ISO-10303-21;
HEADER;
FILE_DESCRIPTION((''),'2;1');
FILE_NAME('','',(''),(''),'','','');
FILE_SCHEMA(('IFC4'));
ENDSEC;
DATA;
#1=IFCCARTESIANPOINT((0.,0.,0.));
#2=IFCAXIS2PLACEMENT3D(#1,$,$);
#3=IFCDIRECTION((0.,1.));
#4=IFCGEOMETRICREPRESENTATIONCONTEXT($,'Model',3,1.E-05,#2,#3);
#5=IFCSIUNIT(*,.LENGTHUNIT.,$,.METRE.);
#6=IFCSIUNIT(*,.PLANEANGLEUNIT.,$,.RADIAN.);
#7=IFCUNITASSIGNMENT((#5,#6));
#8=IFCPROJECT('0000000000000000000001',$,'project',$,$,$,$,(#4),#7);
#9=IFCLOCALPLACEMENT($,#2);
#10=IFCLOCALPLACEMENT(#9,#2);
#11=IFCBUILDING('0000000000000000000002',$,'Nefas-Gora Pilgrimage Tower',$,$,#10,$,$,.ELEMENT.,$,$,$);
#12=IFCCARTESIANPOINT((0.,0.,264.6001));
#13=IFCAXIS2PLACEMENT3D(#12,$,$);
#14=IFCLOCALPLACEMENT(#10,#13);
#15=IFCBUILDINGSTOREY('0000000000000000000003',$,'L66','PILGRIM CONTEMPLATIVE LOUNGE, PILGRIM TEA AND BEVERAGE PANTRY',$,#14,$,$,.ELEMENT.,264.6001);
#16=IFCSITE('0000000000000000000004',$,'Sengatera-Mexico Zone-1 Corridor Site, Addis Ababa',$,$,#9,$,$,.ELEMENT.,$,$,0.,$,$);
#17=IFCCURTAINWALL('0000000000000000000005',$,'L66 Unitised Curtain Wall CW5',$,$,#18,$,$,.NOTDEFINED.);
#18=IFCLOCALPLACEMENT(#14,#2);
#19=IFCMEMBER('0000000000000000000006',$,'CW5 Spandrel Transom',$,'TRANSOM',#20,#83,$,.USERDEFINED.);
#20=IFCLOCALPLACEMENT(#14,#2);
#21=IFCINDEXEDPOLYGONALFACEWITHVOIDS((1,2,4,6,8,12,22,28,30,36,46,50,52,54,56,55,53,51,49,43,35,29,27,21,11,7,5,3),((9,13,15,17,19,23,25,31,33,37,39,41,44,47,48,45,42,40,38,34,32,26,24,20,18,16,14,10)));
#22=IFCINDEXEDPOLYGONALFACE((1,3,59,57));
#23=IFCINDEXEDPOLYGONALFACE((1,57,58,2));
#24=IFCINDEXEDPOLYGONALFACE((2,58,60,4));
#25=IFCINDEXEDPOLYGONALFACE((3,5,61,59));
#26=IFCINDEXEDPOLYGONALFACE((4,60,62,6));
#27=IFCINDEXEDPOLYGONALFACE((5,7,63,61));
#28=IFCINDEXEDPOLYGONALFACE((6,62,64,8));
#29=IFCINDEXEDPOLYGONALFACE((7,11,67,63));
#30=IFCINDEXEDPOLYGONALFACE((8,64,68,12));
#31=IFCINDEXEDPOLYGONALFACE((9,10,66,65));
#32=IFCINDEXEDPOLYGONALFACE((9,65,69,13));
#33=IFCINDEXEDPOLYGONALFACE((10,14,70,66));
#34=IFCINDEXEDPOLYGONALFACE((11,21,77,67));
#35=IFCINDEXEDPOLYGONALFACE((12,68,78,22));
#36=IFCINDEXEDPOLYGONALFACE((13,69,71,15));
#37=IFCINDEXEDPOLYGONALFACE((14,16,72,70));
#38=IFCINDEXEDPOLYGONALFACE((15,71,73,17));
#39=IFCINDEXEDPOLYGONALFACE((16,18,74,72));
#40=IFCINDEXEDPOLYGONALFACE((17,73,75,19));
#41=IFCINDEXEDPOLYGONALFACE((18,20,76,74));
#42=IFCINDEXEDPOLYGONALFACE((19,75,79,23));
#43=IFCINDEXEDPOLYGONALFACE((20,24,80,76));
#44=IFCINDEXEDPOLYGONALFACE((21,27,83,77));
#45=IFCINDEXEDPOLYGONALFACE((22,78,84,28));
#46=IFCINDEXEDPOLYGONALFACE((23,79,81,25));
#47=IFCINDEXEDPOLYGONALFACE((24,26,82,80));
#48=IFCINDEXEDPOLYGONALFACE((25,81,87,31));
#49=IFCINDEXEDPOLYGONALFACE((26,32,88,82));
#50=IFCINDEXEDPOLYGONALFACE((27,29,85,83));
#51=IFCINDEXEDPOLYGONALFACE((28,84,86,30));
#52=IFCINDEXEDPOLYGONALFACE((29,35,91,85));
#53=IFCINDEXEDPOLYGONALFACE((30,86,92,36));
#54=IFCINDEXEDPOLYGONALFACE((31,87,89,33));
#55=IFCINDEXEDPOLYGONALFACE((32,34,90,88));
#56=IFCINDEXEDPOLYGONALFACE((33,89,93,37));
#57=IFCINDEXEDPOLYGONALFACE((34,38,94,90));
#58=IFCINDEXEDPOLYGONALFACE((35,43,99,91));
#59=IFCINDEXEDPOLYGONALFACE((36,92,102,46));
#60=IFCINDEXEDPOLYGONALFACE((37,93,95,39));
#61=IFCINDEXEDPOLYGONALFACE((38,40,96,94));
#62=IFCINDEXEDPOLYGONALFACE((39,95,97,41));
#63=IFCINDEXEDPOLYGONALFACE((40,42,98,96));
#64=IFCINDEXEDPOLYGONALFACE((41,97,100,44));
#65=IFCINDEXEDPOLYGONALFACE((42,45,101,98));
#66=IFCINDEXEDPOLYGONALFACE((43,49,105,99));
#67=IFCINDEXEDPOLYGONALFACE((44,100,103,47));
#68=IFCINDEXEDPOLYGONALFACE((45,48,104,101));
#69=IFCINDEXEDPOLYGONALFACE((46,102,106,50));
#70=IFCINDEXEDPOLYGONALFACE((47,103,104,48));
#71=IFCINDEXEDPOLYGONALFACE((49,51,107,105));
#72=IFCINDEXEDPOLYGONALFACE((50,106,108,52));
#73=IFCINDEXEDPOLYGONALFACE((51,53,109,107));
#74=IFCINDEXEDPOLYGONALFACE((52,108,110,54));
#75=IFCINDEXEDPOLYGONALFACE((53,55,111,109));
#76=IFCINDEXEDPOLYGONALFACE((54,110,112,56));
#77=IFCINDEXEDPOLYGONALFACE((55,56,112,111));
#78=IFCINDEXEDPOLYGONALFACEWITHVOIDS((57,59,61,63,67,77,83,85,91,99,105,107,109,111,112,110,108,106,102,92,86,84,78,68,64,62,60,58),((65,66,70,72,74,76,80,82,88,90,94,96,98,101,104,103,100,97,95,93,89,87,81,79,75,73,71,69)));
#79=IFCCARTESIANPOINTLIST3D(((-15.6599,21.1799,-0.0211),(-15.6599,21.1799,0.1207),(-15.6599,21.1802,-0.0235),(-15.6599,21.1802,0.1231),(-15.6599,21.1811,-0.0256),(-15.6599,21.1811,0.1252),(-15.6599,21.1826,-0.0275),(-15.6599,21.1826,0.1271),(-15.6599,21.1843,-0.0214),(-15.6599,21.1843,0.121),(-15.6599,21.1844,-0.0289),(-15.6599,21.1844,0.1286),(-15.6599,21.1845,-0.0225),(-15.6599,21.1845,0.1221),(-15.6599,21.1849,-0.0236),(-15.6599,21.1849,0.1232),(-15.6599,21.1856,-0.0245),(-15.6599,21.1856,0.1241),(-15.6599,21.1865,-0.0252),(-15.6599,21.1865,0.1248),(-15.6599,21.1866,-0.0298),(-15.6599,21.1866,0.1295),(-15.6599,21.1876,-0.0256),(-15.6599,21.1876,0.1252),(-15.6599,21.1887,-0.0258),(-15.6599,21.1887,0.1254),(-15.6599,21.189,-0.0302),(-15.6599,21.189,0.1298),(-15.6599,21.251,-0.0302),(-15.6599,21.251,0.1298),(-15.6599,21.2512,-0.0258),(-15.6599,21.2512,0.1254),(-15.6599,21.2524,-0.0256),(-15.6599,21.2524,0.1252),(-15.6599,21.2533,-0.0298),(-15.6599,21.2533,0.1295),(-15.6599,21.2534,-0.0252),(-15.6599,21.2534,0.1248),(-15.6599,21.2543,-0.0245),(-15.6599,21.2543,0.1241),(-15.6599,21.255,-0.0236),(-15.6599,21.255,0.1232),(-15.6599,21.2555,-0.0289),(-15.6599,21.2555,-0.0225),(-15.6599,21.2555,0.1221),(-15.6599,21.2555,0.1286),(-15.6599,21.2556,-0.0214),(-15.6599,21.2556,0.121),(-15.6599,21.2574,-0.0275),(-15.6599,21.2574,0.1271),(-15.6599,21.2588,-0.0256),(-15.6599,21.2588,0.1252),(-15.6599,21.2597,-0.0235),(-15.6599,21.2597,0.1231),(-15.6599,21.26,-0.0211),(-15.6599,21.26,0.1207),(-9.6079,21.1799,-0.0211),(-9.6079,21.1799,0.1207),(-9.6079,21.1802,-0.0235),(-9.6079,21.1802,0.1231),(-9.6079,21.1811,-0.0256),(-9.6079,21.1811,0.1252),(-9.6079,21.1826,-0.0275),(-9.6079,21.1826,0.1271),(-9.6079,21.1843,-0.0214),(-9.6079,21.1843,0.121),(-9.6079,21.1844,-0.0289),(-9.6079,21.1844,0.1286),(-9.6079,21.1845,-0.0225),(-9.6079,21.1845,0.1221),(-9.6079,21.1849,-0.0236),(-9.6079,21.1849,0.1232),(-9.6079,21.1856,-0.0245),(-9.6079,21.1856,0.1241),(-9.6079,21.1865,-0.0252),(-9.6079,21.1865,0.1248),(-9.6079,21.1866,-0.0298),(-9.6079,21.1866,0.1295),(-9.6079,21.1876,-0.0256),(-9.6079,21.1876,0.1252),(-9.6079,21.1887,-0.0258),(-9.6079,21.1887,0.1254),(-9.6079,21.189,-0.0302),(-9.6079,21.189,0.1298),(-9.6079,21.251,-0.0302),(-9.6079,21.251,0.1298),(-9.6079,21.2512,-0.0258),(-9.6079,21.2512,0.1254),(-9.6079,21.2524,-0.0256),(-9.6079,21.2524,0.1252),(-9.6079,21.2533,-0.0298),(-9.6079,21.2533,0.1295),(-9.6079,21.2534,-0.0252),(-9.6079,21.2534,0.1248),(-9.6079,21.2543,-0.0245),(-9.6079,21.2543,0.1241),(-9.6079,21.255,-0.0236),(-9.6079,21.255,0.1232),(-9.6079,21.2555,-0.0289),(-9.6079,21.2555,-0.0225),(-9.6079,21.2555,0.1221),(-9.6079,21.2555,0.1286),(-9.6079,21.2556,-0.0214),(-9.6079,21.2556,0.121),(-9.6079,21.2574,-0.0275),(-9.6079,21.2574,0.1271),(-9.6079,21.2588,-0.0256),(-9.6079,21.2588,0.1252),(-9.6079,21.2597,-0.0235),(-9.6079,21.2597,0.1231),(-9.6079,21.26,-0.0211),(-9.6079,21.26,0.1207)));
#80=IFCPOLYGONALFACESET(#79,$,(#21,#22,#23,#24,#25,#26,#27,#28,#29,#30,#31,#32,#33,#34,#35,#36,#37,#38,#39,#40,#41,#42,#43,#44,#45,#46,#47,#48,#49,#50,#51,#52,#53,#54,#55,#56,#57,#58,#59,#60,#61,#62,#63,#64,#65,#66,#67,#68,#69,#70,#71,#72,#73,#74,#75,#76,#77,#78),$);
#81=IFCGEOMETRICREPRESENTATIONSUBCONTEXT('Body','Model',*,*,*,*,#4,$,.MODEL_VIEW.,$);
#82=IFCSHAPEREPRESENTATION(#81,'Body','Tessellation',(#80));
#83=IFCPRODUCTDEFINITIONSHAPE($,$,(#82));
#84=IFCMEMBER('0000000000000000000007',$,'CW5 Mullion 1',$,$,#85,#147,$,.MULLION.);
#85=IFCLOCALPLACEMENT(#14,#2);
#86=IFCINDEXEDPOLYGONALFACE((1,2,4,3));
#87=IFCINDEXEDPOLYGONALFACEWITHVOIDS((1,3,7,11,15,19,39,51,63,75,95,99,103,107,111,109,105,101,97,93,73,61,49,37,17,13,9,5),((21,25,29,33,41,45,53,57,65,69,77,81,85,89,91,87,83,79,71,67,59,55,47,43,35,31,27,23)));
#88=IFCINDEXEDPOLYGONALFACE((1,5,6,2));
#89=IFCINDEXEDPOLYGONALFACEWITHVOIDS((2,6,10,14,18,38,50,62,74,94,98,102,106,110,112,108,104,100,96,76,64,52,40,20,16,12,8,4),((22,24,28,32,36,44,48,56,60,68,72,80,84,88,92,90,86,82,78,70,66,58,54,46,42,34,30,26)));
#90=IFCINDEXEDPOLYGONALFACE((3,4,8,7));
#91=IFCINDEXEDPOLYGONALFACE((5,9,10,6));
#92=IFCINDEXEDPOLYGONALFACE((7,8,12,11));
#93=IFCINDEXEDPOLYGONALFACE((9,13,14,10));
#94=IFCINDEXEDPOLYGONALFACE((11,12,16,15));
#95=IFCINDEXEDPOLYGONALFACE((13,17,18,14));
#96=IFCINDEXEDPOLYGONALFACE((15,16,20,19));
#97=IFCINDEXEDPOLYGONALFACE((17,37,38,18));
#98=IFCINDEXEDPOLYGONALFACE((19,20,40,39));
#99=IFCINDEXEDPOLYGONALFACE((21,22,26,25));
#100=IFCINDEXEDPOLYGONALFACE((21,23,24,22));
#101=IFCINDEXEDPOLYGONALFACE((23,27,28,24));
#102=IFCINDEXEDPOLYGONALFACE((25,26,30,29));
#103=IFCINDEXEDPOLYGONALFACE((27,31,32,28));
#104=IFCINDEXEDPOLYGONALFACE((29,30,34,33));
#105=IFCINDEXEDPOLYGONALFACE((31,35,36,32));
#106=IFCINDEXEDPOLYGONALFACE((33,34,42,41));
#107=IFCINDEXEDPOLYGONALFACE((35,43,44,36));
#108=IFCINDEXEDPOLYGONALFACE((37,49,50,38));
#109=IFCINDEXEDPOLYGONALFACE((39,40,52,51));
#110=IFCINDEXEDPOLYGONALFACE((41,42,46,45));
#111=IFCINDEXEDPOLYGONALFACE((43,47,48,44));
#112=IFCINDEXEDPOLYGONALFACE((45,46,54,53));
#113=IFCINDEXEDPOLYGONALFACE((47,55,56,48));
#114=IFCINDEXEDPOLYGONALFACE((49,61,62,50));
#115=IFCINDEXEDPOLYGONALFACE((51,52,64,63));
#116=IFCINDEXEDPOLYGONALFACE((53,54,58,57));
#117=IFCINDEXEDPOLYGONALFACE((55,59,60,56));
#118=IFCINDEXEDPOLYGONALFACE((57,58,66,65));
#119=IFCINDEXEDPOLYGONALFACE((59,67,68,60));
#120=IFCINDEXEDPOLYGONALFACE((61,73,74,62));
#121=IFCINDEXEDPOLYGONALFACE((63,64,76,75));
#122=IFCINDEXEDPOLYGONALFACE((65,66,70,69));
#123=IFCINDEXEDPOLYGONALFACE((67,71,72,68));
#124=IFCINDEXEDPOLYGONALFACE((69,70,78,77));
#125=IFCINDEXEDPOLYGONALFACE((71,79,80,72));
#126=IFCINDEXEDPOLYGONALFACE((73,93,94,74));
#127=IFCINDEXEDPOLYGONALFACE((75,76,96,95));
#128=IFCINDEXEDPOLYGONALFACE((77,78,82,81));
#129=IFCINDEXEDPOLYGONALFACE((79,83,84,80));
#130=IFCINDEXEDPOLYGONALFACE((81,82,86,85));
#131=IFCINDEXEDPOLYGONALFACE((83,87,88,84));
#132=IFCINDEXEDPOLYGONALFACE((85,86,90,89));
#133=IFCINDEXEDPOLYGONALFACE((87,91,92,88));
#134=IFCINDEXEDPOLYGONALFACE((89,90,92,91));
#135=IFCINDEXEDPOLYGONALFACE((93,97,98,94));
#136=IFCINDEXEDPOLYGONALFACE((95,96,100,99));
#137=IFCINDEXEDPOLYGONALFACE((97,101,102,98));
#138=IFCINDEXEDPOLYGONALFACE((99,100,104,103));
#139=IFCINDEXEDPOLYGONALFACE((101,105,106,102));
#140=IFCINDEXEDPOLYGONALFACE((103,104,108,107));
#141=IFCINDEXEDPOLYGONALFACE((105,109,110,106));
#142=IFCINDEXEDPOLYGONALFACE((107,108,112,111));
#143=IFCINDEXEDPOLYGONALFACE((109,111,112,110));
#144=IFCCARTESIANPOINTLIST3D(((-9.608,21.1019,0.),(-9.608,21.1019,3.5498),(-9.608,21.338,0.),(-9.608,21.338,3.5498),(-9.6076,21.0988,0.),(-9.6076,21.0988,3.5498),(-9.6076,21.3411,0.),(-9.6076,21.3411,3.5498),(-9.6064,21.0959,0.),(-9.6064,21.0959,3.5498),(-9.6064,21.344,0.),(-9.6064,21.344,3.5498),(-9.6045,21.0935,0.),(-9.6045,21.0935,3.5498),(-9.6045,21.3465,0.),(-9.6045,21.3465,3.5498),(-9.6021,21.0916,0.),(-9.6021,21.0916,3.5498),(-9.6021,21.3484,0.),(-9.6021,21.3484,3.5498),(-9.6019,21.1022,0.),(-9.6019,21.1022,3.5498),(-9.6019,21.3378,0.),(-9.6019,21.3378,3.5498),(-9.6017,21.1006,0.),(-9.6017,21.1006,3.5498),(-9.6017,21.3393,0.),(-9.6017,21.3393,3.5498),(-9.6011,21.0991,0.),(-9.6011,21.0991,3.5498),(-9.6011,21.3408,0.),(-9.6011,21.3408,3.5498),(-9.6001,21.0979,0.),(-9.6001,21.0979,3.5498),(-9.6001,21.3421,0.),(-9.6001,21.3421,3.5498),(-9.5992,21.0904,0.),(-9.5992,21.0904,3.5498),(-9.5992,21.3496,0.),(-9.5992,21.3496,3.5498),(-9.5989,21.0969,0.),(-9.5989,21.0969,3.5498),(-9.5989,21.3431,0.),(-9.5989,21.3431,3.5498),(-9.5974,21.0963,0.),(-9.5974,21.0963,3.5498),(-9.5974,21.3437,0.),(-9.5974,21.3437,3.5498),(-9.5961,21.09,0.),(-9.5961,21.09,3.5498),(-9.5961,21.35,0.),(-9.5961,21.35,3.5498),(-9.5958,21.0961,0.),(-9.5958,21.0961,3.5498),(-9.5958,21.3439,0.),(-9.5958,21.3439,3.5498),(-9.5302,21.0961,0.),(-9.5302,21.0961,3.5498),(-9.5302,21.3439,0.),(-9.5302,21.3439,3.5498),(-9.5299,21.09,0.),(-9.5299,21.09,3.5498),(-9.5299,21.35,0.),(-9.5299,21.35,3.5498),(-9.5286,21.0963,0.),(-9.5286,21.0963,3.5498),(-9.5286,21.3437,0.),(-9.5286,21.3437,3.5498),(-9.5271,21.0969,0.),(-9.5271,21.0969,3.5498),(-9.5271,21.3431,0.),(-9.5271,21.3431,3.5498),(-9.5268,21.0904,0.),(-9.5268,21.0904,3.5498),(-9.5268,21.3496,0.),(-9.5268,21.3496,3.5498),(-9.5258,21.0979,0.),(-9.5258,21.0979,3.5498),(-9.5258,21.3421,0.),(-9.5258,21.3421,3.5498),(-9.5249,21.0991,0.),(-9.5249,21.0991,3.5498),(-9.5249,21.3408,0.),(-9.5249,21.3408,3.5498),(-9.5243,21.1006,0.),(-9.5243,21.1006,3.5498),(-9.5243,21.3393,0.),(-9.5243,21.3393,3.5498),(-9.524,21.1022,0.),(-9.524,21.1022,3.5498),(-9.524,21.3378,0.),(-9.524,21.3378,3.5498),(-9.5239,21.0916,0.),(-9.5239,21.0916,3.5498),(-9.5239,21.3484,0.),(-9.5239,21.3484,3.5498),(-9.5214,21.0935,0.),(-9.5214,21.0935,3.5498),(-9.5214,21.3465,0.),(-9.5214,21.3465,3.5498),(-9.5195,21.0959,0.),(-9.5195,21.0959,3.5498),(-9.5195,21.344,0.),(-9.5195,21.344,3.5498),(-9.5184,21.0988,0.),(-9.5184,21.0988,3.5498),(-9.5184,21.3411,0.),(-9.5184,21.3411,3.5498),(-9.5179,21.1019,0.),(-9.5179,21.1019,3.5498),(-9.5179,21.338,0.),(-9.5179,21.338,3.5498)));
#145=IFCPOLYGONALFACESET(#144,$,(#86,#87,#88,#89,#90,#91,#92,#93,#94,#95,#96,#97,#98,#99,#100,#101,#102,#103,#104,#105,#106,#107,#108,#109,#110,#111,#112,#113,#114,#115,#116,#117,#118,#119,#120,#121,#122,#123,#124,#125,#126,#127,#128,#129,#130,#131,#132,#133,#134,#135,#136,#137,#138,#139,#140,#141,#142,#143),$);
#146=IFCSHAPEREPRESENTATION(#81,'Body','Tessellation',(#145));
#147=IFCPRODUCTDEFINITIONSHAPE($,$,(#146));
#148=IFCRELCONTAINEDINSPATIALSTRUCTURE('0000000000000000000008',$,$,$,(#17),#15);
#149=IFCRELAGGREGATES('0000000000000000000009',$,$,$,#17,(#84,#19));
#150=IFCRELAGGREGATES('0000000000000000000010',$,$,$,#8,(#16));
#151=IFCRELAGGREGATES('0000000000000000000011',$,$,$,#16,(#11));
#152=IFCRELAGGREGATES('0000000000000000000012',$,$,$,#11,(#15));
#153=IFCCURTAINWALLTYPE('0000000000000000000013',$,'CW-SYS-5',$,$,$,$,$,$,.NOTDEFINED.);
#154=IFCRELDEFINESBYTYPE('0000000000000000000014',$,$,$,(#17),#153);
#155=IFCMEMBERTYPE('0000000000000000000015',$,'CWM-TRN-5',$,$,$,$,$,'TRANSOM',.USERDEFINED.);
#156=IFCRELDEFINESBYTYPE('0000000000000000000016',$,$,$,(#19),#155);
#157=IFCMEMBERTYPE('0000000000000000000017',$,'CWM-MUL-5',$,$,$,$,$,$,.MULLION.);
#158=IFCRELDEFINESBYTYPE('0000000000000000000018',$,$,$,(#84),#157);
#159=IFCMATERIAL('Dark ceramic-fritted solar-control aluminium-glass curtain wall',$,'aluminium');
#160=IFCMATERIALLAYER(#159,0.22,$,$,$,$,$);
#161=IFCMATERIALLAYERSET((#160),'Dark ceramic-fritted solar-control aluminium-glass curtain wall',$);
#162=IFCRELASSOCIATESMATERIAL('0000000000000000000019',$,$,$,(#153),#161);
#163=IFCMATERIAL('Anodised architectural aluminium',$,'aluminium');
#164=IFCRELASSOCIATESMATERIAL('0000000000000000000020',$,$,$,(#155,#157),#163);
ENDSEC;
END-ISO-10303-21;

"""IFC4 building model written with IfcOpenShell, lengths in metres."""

from ifc_helpers import new_model, si_unit, direction, frame, origin, origin_2d, place, context, subcontext, project, spatial, hollow_rectangle, extrude, source, transform, mapped, material, layer, layer_set, material_profile, profile_set, type_object, element, aggregate, save


model = new_model("IFC4")

# Units and contexts
model_context = context("Model", 3, precision=1e-05, world=origin(), true_north=direction((0.0, 1.0)))
body_context = subcontext(model_context, "Body", "Model", "MODEL_VIEW")
ifc_project = project(units=[si_unit("LENGTHUNIT", "METRE"), si_unit("PLANEANGLEUNIT", "RADIAN")], contexts=[model_context])

# Site, building, storey
site_placement = place(None, origin())
site = spatial("IfcSite", under=ifc_project, at=site_placement, Name="Sengatera-Mexico Zone-1 Corridor Site, Addis Ababa", CompositionType="ELEMENT", RefElevation=0.0)
building_placement = place(site_placement, origin())
building = spatial("IfcBuilding", under=site, at=building_placement, Name="Nefas-Gora Pilgrimage Tower", CompositionType="ELEMENT")
storey_placement = place(building_placement, frame((0.0, 0.0, 264.6001)))
storey = spatial("IfcBuildingStorey", under=building, at=storey_placement, Name="L66", Description="PILGRIM CONTEMPLATIVE LOUNGE, PILGRIM TEA AND BEVERAGE PANTRY", CompositionType="ELEMENT", Elevation=264.6001)

# Curtain wall, members
ifc_material_1 = material(Name="Dark ceramic-fritted solar-control aluminium-glass curtain wall", Category="aluminium")
ifc_layer_1 = layer(ifc_material_1, 0.22)
ifc_layer_set_1 = layer_set([ifc_layer_1], Name="Dark ceramic-fritted solar-control aluminium-glass curtain wall")
curtain_wall_type_1 = type_object("IfcCurtainWallType", Name="CW-SYS-5", PredefinedType="NOTDEFINED", material=ifc_layer_set_1)
curtain_wall_1_placement = place(storey_placement, origin())
curtain_wall_1 = element("IfcCurtainWall", 1, at=curtain_wall_1_placement, inside=storey, type_object=curtain_wall_type_1, Name="L66 Unitised Curtain Wall CW5", PredefinedType="NOTDEFINED")
ifc_material_2 = material(Name="Anodised architectural aluminium", Category="aluminium")
ifc_material_profile_1 = material_profile(ifc_material_2, hollow_rectangle(XDim=0.0801, YDim=0.1599, WallThickness=0.0044, InnerFilletRadius=0.0044, OuterFilletRadius=0.009, at=origin_2d()), Name="ALU TRANSOM 80x160")
ifc_profile_set_1 = profile_set([ifc_material_profile_1], Name="Anodised architectural aluminium")
member_type_1 = type_object("IfcMemberType", Name="CWM-TRN-5", ElementType="TRANSOM", PredefinedType="USERDEFINED", material=ifc_profile_set_1)
shared_shape_1 = source(origin(), body_context, "Body", "SweptSolid", [
    extrude(hollow_rectangle(XDim=0.0801, YDim=0.1599, WallThickness=0.0044, InnerFilletRadius=0.0044, OuterFilletRadius=0.009, at=origin_2d()), origin(), (0.0, 0.0, 1.0), 6.052),
])
member_1_placement = place(storey_placement, frame((-9.6079, 21.22, 0.0498), z_axis=(-1.0, 0.0, 0.0), x_axis=(0.0, -1.0, 0.0)))
member_1 = element("IfcMember", 2, at=member_1_placement, type_object=member_type_1, Name="CW5 Spandrel Transom", ObjectType="TRANSOM", PredefinedType="USERDEFINED", context=body_context, shape_type="MappedRepresentation", body=[
    mapped(shared_shape_1, transform((0.0, 0.0, 0.0), x_axis=(1.0, 0.0, 0.0), y_axis=(0.0, 1.0, 0.0), z_axis=(0.0, 0.0, 1.0), scale=1.0)),
])
ifc_material_profile_2 = material_profile(ifc_material_2, hollow_rectangle(XDim=0.0901, YDim=0.26, WallThickness=0.0061, InnerFilletRadius=0.0061, OuterFilletRadius=0.012, at=origin_2d()), Name="ALU MULLION 90x260")
ifc_profile_set_2 = profile_set([ifc_material_profile_2], Name="Anodised architectural aluminium")
member_type_2 = type_object("IfcMemberType", Name="CWM-MUL-5", PredefinedType="MULLION", material=ifc_profile_set_2)
shared_shape_2 = source(origin(), body_context, "Body", "SweptSolid", [
    extrude(hollow_rectangle(XDim=0.0901, YDim=0.26, WallThickness=0.0061, InnerFilletRadius=0.0061, OuterFilletRadius=0.012, at=origin_2d()), origin(), (0.0, 0.0, 1.0), 3.5498),
])
member_2_placement = place(storey_placement, frame((-9.563, 21.22, 0.0), z_axis=(0.0, 0.0, 1.0), x_axis=(-1.0, 0.0, 0.0)))
member_2 = element("IfcMember", 3, at=member_2_placement, type_object=member_type_2, Name="CW5 Mullion 1", PredefinedType="MULLION", context=body_context, shape_type="MappedRepresentation", body=[
    mapped(shared_shape_2, transform((0.0, 0.0, 0.0), x_axis=(1.0, 0.0, 0.0), y_axis=(0.0, 1.0, 0.0), z_axis=(0.0, 0.0, 1.0), scale=1.0)),
])

aggregate(curtain_wall_1, [member_2, member_1])

save(model, "model.ifc")
